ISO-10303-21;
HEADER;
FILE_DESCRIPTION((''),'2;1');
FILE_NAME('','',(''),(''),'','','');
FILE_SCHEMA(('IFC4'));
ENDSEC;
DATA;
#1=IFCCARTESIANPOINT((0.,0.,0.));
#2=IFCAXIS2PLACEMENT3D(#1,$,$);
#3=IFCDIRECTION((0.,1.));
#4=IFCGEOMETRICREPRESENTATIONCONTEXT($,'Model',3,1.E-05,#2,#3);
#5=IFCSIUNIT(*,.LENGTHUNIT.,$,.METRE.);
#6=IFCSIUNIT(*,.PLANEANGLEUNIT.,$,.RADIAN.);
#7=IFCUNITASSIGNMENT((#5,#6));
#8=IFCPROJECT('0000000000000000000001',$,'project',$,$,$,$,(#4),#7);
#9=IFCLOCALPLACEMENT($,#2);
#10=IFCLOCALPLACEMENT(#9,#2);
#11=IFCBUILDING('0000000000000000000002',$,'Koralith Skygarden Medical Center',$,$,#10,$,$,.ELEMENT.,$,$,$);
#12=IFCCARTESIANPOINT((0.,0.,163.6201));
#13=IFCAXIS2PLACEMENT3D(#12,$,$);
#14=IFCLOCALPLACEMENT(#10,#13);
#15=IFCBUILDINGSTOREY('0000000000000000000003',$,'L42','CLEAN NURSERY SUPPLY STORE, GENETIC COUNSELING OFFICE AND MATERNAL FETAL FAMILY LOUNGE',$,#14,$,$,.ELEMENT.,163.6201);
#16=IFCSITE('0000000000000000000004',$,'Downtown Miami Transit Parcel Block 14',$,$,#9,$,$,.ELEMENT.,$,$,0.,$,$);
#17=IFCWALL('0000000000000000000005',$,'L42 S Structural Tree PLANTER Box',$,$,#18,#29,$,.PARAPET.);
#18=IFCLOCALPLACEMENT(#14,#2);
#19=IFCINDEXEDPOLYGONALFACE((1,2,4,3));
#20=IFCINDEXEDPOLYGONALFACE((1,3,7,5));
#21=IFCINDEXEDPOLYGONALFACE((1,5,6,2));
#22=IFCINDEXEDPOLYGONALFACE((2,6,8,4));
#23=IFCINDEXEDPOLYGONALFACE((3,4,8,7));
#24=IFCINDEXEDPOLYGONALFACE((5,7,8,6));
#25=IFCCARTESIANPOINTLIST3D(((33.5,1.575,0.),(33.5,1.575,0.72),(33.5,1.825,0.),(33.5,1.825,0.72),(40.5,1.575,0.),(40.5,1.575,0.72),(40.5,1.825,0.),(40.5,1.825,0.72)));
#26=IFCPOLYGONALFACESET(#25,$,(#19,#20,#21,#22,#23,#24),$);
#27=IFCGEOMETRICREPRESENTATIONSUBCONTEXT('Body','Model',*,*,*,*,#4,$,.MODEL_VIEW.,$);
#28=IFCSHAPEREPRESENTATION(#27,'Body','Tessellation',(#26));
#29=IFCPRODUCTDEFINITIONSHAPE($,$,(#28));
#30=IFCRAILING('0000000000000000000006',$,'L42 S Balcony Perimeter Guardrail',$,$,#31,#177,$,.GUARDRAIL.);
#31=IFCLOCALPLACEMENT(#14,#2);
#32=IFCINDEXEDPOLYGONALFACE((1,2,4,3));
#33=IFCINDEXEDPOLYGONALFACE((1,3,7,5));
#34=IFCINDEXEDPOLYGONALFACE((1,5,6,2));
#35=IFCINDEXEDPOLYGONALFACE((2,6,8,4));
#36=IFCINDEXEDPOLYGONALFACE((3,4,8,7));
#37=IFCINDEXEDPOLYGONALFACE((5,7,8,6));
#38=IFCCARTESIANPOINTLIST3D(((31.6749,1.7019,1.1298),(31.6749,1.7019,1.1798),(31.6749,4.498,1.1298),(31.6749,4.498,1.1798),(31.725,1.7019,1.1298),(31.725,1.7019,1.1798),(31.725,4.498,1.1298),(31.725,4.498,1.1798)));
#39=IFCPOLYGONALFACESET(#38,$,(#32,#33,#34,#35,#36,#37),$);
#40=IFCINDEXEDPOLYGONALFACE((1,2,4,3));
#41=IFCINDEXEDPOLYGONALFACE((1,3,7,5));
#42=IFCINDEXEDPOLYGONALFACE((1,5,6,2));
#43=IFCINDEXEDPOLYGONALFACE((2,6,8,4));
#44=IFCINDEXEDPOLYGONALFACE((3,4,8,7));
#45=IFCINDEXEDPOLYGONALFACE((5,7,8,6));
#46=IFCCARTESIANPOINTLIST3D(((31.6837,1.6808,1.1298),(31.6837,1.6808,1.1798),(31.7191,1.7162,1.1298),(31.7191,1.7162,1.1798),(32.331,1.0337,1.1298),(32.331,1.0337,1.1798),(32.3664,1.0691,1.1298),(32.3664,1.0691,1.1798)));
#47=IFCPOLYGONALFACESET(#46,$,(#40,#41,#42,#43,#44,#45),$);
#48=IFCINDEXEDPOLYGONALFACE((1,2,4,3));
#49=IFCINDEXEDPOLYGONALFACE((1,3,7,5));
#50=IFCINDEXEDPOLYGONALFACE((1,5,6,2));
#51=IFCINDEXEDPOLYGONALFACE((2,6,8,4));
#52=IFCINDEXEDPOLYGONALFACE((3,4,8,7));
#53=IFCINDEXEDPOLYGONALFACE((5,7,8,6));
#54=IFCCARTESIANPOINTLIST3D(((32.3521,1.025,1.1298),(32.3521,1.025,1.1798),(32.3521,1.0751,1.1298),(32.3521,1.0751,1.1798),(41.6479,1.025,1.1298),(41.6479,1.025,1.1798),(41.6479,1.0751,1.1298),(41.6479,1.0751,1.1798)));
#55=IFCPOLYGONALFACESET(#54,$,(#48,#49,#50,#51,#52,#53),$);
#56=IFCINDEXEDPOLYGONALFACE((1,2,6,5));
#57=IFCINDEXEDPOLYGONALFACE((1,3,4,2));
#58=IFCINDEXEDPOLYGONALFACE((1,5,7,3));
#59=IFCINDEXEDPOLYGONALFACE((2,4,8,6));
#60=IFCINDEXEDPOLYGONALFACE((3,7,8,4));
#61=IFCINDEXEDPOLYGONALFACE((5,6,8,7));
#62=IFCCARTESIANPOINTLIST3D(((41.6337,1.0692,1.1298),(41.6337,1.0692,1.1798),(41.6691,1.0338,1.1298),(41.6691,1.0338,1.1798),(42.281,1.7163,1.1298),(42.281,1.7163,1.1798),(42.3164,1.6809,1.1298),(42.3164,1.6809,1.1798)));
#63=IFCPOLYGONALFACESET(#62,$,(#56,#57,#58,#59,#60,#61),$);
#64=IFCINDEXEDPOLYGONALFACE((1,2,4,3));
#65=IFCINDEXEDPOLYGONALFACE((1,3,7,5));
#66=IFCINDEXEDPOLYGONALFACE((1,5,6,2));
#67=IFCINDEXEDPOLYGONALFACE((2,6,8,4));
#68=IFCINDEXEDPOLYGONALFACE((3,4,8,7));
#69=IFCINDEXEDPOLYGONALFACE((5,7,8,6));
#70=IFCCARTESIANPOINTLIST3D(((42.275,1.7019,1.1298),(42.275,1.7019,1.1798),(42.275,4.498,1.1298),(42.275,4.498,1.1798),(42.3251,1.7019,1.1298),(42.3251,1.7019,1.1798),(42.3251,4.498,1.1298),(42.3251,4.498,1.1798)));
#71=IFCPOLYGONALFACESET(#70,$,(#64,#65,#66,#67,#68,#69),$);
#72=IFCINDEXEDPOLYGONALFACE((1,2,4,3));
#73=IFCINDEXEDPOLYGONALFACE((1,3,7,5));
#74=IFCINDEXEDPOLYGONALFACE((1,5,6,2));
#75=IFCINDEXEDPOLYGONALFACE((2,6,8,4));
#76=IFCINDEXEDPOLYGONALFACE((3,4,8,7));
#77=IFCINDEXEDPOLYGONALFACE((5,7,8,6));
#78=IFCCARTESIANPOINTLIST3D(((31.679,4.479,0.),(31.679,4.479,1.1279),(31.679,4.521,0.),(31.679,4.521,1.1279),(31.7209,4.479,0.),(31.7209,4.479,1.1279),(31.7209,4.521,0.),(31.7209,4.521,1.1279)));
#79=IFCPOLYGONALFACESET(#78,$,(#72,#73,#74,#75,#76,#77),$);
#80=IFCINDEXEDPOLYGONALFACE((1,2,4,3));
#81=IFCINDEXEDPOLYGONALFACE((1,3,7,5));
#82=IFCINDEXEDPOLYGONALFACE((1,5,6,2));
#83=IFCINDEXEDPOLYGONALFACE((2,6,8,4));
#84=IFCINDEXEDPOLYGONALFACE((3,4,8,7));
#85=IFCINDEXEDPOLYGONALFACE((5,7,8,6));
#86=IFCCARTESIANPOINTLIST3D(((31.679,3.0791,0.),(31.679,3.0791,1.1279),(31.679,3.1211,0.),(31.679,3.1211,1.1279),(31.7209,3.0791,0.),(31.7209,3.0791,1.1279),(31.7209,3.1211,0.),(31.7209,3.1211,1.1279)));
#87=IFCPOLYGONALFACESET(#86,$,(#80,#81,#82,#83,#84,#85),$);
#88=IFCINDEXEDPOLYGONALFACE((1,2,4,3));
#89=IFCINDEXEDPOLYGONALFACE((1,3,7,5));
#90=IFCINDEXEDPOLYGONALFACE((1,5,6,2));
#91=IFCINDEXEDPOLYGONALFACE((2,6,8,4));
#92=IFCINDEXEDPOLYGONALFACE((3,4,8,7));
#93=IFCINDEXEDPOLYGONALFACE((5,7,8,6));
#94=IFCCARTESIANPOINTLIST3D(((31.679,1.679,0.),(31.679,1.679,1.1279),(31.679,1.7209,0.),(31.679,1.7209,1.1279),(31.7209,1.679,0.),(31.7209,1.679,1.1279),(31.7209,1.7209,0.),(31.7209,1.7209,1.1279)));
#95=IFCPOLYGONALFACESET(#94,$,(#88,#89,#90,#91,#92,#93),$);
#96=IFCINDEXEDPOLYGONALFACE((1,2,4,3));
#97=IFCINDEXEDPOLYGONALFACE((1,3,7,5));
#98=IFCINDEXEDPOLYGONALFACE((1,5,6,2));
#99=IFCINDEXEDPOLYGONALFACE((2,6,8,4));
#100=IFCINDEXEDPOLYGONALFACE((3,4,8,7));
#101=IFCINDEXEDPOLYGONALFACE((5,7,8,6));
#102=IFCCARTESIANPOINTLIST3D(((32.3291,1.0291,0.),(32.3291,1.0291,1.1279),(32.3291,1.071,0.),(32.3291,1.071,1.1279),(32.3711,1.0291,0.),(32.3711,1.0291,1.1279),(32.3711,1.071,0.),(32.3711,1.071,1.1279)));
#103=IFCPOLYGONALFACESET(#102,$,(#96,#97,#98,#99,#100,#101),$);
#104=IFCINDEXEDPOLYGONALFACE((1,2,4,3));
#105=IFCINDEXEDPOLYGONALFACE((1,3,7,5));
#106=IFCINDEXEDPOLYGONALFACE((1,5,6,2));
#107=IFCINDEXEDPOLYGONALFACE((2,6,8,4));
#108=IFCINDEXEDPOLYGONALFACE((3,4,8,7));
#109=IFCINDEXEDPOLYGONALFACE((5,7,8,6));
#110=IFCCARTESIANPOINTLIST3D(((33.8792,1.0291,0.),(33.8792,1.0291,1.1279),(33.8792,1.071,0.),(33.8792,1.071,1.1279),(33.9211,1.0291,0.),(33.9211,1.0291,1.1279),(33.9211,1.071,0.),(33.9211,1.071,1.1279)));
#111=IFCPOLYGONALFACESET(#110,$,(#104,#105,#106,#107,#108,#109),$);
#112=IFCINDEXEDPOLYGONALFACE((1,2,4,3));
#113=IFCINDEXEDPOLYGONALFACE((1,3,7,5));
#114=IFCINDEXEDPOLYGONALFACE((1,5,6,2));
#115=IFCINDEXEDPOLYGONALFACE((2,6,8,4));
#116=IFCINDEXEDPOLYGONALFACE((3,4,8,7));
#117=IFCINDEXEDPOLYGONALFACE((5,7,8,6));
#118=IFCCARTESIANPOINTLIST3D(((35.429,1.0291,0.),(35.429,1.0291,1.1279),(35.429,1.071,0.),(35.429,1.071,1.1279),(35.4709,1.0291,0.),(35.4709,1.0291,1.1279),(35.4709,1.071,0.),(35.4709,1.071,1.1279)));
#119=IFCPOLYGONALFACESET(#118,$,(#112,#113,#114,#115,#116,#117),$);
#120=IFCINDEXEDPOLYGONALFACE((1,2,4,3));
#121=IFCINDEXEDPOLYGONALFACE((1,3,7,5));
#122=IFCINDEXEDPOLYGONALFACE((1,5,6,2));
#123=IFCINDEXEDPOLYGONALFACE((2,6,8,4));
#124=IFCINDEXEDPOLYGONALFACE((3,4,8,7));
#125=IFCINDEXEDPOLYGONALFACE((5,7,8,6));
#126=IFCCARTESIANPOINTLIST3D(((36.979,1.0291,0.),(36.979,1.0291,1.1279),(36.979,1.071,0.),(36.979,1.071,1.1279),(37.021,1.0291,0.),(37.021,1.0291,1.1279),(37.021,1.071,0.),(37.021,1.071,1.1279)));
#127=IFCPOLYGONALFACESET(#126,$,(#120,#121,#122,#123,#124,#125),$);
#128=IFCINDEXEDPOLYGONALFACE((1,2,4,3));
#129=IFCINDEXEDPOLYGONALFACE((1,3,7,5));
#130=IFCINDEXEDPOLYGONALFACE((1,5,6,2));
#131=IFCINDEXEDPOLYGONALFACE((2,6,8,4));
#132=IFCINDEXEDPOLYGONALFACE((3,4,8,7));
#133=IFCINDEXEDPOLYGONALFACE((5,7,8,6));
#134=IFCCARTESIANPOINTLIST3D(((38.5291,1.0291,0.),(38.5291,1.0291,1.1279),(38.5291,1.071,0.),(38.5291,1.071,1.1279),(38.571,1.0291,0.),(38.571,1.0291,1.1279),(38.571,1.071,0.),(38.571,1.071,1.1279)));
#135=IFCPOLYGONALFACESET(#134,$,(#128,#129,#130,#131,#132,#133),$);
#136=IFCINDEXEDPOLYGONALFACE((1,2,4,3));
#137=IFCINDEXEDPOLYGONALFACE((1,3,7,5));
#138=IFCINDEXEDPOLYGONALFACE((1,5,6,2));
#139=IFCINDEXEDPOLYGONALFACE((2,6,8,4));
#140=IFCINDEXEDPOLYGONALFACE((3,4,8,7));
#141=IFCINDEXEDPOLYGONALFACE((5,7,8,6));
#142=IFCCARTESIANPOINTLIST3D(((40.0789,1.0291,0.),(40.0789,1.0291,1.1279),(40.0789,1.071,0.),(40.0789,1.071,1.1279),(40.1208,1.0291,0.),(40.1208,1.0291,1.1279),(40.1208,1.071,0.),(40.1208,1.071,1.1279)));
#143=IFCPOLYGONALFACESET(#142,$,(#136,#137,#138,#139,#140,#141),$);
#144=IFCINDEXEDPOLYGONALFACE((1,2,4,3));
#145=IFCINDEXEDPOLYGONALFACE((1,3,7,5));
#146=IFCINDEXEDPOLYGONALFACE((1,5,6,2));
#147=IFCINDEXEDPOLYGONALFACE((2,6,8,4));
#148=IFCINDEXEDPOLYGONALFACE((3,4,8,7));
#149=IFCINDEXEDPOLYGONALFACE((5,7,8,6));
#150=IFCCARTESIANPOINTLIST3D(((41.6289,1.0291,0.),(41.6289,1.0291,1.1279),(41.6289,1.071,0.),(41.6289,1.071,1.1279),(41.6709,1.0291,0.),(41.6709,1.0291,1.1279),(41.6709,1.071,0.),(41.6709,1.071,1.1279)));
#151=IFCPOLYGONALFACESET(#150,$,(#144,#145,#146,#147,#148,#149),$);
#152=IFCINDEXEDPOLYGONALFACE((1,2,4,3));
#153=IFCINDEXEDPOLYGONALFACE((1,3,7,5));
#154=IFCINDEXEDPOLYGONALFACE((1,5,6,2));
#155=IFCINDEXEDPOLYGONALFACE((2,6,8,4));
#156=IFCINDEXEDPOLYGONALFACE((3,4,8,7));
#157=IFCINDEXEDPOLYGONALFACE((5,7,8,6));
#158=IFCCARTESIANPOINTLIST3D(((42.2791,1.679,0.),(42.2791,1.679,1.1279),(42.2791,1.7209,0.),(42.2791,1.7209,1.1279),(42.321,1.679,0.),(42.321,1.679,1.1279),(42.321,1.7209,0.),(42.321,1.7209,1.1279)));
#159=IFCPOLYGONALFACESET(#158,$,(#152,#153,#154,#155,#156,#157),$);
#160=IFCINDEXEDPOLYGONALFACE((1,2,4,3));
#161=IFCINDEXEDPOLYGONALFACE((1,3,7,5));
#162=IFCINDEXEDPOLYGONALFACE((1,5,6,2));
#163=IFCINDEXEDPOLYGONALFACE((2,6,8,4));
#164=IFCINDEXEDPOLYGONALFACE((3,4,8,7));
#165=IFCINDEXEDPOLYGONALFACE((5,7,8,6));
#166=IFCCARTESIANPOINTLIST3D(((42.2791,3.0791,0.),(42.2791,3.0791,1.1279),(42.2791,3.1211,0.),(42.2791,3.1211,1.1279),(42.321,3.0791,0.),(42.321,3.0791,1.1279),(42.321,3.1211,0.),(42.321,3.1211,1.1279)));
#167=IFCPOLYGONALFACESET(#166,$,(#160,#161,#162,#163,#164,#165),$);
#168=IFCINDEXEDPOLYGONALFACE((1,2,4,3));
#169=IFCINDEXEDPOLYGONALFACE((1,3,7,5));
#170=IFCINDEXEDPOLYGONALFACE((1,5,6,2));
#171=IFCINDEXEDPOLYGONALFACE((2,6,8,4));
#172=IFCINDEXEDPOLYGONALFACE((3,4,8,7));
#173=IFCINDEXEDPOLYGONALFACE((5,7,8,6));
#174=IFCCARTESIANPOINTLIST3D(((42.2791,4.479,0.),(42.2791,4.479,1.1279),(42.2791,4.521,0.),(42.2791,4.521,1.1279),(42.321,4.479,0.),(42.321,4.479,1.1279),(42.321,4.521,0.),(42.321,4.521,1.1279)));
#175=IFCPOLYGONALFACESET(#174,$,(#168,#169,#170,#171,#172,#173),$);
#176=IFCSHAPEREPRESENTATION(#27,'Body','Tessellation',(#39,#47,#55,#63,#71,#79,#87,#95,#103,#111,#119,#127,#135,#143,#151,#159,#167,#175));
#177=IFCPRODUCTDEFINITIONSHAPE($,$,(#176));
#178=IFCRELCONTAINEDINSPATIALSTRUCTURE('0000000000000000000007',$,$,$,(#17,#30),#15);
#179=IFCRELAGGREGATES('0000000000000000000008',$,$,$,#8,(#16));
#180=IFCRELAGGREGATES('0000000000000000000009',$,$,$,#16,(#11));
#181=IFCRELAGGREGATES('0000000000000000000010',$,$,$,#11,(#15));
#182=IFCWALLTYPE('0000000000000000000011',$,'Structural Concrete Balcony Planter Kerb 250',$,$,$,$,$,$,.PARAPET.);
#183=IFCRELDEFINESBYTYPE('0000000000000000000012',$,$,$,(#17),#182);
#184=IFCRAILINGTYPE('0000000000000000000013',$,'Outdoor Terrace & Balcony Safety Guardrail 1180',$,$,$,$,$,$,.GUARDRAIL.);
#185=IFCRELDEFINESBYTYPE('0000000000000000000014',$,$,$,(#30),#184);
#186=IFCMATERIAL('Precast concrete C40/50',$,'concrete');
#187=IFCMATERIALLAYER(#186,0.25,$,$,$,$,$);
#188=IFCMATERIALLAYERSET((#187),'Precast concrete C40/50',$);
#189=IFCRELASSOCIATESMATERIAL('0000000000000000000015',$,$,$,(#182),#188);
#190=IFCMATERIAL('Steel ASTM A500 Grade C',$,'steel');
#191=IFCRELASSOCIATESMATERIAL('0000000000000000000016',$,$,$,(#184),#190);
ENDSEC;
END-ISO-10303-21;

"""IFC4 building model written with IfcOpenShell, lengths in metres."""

from ifc_helpers import new_model, si_unit, direction, frame, frame_2d, origin, origin_2d, place, context, subcontext, project, spatial, rectangle, extrude, material, layer, layer_set, type_object, element, save


model = new_model("IFC4")

# Units and contexts
model_context = context("Model", 3, precision=1e-05, world=origin(), true_north=direction((0.0, 1.0)))
body_context = subcontext(model_context, "Body", "Model", "MODEL_VIEW")
ifc_project = project(units=[si_unit("LENGTHUNIT", "METRE"), si_unit("PLANEANGLEUNIT", "RADIAN")], contexts=[model_context])

# Site, building, storey
site_placement = place(None, origin())
site = spatial("IfcSite", under=ifc_project, at=site_placement, Name="Downtown Miami Transit Parcel Block 14", CompositionType="ELEMENT", RefElevation=0.0)
building_placement = place(site_placement, origin())
building = spatial("IfcBuilding", under=site, at=building_placement, Name="Koralith Skygarden Medical Center", CompositionType="ELEMENT")
storey_placement = place(building_placement, frame((0.0, 0.0, 163.6201)))
storey = spatial("IfcBuildingStorey", under=building, at=storey_placement, Name="L42", Description="CLEAN NURSERY SUPPLY STORE, GENETIC COUNSELING OFFICE AND MATERNAL FETAL FAMILY LOUNGE", CompositionType="ELEMENT", Elevation=163.6201)

# Wall
ifc_material_1 = material(Name="Precast concrete C40/50", Category="concrete")
ifc_layer_1 = layer(ifc_material_1, 0.25)
ifc_layer_set_1 = layer_set([ifc_layer_1], Name="Precast concrete C40/50")
wall_type_1 = type_object("IfcWallType", Name="Structural Concrete Balcony Planter Kerb 250", PredefinedType="PARAPET", material=ifc_layer_set_1)
wall_1_placement = place(storey_placement, frame((33.5, 1.7, 0.0), z_axis=(0.0, 0.0, 1.0), x_axis=(1.0, 0.0, 0.0)))
element("IfcWall", 1, at=wall_1_placement, inside=storey, type_object=wall_type_1, Name="L42 S Structural Tree PLANTER Box", PredefinedType="PARAPET", context=body_context, shape_type="SweptSolid", body=[
    extrude(rectangle(XDim=7.0, YDim=0.25, at=frame_2d((3.5, 0.0))), origin(), (0.0, 0.0, 1.0), 0.72),
])

# Railing
ifc_material_2 = material(Name="Steel ASTM A500 Grade C", Category="steel")
railing_type = type_object("IfcRailingType", Name="Outdoor Terrace & Balcony Safety Guardrail 1180", PredefinedType="GUARDRAIL", material=ifc_material_2)
railing_placement = place(storey_placement, frame((31.7, 4.5, 0.0)))
element("IfcRailing", 2, at=railing_placement, inside=storey, type_object=railing_type, Name="L42 S Balcony Perimeter Guardrail", PredefinedType="GUARDRAIL", context=body_context, shape_type="SweptSolid", body=[
    extrude(rectangle(XDim=0.05, YDim=0.05, at=origin_2d()), frame((0.0, -0.002, 1.1548), z_axis=(0.0, -1.0, 0.0), x_axis=(1.0, 0.0, 0.0)), (0.0, 0.0, 1.0), 2.7961),
    extrude(rectangle(XDim=0.05, YDim=0.05, at=origin_2d()), frame((0.0015, -2.8015, 1.1548), z_axis=(0.70724, -0.706974, 0.0), x_axis=(0.706974, 0.70724, 0.0)), (0.0, 0.0, 1.0), 0.9153),
    extrude(rectangle(XDim=0.05, YDim=0.05, at=origin_2d()), frame((0.6521, -3.45, 1.1548), z_axis=(1.0, 0.0, 0.0), x_axis=(0.0, 1.0, 0.0)), (0.0, 0.0, 1.0), 9.2959),
    extrude(rectangle(XDim=0.05, YDim=0.05, at=origin_2d()), frame((9.9514, -3.4485, 1.1548), z_axis=(0.70724, 0.706974, 0.0), x_axis=(-0.706974, 0.70724, 0.0)), (0.0, 0.0, 1.0), 0.9153),
    extrude(rectangle(XDim=0.05, YDim=0.05, at=origin_2d()), frame((10.6001, -2.7981, 1.1548), z_axis=(0.0, 1.0, 0.0), x_axis=(-1.0, 0.0, 0.0)), (0.0, 0.0, 1.0), 2.7961),
    extrude(rectangle(XDim=0.042, YDim=0.042, at=origin_2d()), origin(), (0.0, 0.0, 1.0), 1.1279),
    extrude(rectangle(XDim=0.042, YDim=0.042, at=origin_2d()), frame((0.0, -1.3999, 0.0)), (0.0, 0.0, 1.0), 1.1279),
    extrude(rectangle(XDim=0.042, YDim=0.042, at=origin_2d()), frame((0.0, -2.8, 0.0)), (0.0, 0.0, 1.0), 1.1279),
    extrude(rectangle(XDim=0.042, YDim=0.042, at=origin_2d()), frame((0.6501, -3.45, 0.0)), (0.0, 0.0, 1.0), 1.1279),
    extrude(rectangle(XDim=0.042, YDim=0.042, at=origin_2d()), frame((2.2002, -3.45, 0.0)), (0.0, 0.0, 1.0), 1.1279),
    extrude(rectangle(XDim=0.042, YDim=0.042, at=origin_2d()), frame((3.75, -3.45, 0.0)), (0.0, 0.0, 1.0), 1.1279),
    extrude(rectangle(XDim=0.042, YDim=0.042, at=origin_2d()), frame((5.3, -3.45, 0.0)), (0.0, 0.0, 1.0), 1.1279),
    extrude(rectangle(XDim=0.042, YDim=0.042, at=origin_2d()), frame((6.8501, -3.45, 0.0)), (0.0, 0.0, 1.0), 1.1279),
    extrude(rectangle(XDim=0.042, YDim=0.042, at=origin_2d()), frame((8.3999, -3.45, 0.0)), (0.0, 0.0, 1.0), 1.1279),
    extrude(rectangle(XDim=0.042, YDim=0.042, at=origin_2d()), frame((9.95, -3.45, 0.0)), (0.0, 0.0, 1.0), 1.1279),
    extrude(rectangle(XDim=0.042, YDim=0.042, at=origin_2d()), frame((10.6001, -2.8, 0.0)), (0.0, 0.0, 1.0), 1.1279),
    extrude(rectangle(XDim=0.042, YDim=0.042, at=origin_2d()), frame((10.6001, -1.3999, 0.0)), (0.0, 0.0, 1.0), 1.1279),
    extrude(rectangle(XDim=0.042, YDim=0.042, at=origin_2d()), frame((10.6001, 0.0, 0.0)), (0.0, 0.0, 1.0), 1.1279),
])

save(model, "model.ifc")
